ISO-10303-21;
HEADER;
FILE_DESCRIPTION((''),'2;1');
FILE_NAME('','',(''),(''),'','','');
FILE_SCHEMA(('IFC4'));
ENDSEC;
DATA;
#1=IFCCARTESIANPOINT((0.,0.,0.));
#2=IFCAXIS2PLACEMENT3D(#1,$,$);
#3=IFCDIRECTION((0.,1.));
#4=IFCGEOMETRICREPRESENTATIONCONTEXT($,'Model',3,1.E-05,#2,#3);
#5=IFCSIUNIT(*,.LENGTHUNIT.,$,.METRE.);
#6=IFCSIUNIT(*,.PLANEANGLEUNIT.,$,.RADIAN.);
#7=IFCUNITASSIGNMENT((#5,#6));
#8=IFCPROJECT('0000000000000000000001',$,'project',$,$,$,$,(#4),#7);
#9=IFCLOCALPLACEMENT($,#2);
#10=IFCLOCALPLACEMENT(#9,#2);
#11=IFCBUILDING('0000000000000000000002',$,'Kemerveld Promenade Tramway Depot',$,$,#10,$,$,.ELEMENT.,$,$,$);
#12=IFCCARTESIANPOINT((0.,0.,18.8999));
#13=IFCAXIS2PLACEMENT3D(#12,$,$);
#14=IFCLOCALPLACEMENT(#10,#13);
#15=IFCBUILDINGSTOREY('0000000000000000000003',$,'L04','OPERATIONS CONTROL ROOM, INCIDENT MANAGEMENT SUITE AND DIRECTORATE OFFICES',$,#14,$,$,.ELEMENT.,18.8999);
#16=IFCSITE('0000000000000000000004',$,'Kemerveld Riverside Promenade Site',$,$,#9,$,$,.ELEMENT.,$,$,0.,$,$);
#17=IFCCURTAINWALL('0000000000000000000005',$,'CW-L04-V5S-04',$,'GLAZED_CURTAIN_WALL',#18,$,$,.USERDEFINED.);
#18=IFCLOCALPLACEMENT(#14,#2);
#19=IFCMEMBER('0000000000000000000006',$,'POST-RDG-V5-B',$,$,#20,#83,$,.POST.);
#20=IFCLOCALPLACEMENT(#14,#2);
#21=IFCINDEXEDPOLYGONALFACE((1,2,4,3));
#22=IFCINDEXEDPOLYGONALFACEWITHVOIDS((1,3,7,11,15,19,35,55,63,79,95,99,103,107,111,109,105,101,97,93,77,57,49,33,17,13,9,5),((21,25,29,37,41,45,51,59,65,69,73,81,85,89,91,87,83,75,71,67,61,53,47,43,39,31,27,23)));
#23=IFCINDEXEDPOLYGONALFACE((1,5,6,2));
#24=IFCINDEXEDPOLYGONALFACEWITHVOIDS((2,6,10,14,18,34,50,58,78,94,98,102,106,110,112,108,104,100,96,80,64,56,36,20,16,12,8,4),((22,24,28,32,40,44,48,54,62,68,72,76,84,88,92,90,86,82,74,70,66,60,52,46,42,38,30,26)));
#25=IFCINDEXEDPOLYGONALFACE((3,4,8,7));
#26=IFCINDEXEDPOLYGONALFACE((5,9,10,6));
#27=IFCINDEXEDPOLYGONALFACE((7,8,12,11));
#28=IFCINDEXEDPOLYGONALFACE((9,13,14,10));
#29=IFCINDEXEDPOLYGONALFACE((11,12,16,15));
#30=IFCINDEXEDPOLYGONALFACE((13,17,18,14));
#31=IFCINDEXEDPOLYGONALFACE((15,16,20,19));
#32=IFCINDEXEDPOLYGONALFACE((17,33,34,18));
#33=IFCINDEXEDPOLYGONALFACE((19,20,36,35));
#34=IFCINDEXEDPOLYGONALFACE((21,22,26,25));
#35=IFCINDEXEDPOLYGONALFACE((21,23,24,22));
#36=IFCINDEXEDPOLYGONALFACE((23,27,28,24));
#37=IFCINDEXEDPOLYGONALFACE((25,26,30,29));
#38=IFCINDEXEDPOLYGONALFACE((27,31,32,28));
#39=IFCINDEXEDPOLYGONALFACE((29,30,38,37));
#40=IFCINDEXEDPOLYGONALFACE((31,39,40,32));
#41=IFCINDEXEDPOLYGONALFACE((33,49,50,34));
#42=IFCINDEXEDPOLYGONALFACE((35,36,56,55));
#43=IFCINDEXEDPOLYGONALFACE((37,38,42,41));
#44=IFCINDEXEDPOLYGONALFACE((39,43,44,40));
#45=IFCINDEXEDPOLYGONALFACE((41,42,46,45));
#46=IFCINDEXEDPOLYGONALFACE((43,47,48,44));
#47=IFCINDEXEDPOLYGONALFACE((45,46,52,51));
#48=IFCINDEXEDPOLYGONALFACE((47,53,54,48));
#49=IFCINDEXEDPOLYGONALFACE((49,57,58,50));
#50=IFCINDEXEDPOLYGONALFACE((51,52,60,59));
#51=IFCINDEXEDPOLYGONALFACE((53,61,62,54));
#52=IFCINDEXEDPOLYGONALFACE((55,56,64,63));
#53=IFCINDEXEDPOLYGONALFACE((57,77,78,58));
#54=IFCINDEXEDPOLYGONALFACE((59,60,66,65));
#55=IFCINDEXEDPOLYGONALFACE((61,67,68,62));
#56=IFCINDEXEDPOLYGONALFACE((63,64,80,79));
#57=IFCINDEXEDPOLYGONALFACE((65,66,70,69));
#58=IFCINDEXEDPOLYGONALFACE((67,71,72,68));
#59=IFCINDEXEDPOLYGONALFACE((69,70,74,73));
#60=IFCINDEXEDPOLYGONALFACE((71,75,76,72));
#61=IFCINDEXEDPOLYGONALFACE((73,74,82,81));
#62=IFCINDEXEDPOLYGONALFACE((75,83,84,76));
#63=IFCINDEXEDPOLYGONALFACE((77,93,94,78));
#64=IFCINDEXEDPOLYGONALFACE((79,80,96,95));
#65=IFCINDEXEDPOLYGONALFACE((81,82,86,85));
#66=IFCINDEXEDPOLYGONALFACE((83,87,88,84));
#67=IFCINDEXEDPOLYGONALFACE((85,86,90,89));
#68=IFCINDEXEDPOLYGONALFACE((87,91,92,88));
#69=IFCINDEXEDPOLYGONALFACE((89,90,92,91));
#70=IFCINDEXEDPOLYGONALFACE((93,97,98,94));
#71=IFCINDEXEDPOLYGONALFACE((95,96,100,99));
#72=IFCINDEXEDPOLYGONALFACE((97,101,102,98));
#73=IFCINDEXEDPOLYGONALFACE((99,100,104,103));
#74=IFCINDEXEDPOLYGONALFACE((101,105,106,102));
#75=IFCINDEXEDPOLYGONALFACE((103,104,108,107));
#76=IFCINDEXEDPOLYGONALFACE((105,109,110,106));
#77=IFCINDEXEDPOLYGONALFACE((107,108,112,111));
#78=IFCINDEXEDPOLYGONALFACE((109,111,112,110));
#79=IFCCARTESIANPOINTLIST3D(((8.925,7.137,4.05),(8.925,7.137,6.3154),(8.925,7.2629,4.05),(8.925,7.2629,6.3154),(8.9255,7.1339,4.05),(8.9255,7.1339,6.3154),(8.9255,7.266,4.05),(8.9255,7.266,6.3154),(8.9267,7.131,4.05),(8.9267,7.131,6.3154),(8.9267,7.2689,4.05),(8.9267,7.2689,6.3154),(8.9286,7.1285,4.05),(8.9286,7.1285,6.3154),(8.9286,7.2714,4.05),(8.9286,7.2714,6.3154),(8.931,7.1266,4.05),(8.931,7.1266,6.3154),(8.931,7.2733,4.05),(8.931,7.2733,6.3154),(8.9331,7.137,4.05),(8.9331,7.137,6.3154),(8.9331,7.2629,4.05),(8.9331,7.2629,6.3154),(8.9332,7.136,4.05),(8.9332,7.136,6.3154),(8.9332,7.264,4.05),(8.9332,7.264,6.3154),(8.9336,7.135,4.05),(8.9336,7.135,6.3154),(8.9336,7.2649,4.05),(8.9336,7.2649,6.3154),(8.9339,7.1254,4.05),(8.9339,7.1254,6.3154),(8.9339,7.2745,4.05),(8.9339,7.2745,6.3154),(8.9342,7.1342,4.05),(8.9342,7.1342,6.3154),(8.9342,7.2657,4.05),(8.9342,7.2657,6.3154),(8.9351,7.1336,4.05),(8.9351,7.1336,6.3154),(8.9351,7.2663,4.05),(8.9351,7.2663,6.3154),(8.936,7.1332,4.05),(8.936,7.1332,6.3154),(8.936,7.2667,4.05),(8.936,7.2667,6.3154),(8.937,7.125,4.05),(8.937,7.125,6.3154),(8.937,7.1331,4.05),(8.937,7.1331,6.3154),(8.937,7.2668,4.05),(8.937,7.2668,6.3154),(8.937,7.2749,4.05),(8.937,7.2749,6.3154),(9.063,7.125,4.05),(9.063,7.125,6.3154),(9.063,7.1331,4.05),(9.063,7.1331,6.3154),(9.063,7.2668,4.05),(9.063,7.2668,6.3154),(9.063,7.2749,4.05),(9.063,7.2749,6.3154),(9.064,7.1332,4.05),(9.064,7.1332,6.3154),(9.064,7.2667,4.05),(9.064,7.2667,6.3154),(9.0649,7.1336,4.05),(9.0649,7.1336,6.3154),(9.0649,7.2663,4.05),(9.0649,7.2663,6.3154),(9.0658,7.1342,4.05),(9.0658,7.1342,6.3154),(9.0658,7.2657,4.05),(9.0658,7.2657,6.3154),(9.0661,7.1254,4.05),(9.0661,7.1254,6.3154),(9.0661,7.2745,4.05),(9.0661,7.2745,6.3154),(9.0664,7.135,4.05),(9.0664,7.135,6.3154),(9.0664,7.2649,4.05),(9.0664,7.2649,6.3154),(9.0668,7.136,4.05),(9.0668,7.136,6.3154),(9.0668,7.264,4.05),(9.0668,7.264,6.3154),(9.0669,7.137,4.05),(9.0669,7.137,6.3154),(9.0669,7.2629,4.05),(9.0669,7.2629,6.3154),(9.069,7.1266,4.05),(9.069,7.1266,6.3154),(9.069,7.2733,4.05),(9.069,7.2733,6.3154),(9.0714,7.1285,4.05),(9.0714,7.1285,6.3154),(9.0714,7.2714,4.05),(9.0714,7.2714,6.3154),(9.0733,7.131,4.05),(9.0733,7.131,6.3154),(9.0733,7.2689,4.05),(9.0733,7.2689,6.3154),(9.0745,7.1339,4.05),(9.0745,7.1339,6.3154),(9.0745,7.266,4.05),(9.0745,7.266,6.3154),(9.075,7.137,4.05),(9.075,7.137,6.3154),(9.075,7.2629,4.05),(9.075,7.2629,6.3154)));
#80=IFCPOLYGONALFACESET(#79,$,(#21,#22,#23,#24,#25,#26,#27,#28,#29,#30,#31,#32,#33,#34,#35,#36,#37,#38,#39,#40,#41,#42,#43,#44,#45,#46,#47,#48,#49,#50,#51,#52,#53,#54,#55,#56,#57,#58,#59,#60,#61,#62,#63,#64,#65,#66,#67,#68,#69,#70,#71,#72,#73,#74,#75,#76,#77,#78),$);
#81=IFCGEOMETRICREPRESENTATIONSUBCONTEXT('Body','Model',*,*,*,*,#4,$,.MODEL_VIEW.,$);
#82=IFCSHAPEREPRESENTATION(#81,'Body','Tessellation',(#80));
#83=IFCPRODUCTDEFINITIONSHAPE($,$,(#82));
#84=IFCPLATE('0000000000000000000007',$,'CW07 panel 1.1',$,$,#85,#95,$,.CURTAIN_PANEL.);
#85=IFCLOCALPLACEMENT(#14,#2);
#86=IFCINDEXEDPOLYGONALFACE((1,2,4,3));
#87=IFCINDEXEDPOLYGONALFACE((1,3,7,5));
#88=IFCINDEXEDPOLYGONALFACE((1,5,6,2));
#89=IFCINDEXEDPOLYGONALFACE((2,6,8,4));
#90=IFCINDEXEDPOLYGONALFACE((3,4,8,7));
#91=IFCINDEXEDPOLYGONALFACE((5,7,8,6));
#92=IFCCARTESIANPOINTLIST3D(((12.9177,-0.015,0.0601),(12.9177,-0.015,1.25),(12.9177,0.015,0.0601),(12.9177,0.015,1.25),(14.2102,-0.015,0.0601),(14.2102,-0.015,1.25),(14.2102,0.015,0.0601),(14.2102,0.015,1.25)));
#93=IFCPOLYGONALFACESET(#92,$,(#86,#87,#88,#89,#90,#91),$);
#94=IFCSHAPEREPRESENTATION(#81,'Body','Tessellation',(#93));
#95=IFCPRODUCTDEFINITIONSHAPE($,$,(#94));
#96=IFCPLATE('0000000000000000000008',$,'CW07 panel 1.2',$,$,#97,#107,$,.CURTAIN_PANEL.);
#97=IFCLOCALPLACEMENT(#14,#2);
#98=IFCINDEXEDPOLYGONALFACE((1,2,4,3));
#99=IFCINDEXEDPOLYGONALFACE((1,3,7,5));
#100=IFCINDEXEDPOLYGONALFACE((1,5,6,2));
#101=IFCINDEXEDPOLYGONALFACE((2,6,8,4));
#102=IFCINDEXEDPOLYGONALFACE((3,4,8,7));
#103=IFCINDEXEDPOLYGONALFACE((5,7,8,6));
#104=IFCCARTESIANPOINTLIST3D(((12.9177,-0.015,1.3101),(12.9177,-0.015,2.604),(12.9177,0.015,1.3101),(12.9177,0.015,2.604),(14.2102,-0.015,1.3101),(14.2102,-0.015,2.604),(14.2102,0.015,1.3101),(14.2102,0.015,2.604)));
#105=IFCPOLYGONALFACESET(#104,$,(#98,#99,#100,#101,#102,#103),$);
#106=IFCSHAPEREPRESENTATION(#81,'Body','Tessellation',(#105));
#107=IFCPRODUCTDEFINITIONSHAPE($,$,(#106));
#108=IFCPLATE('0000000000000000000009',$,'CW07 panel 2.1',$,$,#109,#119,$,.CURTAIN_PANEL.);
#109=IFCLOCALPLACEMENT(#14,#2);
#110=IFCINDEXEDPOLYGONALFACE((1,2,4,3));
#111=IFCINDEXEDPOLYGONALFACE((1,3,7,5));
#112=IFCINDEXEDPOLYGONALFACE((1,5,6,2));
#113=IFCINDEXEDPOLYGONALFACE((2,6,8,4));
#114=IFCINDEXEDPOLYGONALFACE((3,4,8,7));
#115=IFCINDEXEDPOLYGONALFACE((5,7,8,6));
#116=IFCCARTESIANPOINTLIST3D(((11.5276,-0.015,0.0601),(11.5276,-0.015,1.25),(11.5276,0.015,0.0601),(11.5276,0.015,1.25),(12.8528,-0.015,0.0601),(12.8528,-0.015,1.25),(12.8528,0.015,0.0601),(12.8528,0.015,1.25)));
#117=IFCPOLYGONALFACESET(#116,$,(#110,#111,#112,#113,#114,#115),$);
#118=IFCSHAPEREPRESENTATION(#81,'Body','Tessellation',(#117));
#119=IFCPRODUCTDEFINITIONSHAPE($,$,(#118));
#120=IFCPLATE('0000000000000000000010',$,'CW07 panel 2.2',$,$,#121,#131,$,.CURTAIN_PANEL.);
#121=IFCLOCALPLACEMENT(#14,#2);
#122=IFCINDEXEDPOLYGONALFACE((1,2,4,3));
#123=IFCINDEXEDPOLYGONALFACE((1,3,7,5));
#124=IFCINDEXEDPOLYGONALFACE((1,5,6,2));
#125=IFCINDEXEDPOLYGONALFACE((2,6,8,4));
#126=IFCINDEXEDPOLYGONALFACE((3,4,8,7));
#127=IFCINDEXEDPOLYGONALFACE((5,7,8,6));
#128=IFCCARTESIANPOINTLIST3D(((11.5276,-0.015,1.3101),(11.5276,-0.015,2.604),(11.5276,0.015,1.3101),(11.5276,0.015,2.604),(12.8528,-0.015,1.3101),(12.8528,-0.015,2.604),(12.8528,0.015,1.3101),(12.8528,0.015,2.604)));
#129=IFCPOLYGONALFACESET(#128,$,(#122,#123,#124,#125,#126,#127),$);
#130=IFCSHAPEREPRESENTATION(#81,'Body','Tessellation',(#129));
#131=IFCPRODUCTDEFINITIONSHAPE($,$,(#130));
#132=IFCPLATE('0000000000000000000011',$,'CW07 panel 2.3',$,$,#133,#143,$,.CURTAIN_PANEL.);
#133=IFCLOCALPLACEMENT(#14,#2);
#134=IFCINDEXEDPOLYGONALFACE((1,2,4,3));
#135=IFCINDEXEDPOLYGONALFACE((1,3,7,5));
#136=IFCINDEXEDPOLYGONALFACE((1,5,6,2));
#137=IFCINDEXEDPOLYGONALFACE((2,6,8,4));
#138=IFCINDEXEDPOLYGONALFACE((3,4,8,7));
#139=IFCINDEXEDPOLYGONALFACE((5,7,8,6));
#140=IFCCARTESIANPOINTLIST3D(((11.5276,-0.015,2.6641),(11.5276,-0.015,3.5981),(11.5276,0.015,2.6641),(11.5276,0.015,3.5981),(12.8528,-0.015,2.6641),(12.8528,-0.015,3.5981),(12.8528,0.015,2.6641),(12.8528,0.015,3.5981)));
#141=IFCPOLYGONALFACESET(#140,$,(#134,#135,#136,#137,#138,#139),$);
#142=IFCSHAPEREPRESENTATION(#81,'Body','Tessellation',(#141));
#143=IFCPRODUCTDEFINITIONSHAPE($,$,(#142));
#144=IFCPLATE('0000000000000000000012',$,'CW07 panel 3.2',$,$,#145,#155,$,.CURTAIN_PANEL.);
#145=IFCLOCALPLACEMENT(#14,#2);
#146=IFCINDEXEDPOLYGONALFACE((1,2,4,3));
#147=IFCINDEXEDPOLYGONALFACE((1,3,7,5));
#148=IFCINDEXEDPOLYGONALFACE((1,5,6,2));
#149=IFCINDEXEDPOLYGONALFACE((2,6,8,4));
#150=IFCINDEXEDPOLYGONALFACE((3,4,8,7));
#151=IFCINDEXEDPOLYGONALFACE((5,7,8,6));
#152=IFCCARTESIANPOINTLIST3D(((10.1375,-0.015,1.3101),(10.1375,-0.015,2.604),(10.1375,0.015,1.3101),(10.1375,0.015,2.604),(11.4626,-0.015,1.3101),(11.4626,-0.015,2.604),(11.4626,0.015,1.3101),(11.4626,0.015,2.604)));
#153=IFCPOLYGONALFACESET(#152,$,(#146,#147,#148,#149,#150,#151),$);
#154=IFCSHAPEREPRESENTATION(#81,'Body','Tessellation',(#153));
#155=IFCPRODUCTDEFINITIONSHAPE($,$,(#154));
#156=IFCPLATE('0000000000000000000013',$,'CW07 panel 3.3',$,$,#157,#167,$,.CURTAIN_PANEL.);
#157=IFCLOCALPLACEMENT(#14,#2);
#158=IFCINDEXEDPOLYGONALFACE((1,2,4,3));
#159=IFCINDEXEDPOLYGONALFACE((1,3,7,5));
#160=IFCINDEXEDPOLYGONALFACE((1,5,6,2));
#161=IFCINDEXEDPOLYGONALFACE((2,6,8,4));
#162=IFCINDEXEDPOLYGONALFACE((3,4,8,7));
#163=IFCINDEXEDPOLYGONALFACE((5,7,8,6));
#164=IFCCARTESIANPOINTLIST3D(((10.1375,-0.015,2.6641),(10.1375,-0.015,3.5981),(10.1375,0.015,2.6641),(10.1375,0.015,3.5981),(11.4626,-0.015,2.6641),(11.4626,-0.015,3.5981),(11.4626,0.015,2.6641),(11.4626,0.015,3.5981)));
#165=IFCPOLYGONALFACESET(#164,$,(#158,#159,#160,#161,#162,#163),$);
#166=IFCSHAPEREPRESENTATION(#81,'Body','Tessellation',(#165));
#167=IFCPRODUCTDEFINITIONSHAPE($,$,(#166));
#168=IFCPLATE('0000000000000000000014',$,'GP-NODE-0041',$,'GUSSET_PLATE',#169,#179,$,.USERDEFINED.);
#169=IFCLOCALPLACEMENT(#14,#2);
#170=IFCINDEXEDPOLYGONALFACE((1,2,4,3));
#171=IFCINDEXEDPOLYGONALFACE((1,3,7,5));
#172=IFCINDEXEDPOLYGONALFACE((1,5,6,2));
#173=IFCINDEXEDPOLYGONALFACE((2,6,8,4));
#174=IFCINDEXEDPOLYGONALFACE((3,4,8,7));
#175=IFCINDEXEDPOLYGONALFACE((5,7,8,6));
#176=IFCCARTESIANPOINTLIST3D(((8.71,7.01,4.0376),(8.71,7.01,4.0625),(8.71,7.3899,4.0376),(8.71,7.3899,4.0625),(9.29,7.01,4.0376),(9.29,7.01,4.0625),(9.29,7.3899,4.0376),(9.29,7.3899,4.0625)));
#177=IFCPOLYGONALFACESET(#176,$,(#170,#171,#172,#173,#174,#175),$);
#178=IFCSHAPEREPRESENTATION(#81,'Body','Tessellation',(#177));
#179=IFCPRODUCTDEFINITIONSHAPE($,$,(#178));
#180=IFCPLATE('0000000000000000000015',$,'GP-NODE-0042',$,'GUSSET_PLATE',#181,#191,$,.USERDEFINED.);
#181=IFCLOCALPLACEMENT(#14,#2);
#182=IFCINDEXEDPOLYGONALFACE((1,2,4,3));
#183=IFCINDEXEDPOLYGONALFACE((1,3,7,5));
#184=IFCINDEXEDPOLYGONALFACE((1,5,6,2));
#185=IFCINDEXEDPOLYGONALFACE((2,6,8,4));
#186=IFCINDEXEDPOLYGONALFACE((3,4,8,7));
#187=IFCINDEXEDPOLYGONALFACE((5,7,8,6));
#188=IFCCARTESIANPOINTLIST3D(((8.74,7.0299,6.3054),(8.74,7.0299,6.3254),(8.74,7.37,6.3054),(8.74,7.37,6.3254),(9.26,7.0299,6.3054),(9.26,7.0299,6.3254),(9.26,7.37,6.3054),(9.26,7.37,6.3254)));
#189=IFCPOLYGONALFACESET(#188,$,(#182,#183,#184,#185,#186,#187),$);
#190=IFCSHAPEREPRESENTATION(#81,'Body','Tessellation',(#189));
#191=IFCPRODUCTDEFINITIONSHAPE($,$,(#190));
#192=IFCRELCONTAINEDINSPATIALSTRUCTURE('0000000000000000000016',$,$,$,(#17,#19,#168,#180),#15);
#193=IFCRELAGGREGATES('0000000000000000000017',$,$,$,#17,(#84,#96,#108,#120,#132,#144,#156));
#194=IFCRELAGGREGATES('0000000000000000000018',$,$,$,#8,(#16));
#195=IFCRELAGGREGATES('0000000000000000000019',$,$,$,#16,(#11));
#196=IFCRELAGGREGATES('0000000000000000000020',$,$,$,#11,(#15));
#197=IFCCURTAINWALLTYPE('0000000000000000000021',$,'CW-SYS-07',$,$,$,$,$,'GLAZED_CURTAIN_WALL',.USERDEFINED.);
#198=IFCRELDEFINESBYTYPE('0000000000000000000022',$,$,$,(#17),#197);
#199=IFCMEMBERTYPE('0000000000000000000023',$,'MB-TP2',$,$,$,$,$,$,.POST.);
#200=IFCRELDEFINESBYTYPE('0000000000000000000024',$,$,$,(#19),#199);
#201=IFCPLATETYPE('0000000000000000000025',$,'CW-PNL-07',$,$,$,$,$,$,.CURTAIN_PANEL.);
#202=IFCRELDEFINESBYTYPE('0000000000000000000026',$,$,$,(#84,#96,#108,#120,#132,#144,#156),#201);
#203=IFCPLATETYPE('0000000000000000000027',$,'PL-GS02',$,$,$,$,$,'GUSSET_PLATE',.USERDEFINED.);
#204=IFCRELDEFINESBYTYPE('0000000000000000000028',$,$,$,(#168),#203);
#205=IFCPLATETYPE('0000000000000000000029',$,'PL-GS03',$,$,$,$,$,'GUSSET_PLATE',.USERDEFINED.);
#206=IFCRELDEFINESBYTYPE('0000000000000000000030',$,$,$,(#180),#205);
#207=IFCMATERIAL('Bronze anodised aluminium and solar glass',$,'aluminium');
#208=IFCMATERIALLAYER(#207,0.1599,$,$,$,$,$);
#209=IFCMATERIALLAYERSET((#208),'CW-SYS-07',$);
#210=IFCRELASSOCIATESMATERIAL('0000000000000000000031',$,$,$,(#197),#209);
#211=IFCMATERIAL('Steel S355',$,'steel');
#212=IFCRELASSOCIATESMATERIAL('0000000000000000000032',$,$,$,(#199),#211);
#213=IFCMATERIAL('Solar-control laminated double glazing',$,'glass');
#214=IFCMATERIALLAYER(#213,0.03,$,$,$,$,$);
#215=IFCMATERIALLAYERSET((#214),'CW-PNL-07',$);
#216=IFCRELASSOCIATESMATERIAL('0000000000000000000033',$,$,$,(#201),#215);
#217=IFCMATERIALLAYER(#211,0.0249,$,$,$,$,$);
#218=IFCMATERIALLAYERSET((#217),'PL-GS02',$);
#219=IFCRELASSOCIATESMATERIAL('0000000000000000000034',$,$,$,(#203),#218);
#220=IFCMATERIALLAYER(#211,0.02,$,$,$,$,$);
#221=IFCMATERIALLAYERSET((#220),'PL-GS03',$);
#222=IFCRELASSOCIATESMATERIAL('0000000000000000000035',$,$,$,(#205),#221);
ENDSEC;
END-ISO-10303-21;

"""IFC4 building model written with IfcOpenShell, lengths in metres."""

from ifc_helpers import new_model, si_unit, direction, frame, origin, origin_2d, place, context, subcontext, project, spatial, rectangle, hollow_rectangle, extrude, material, layer, layer_set, material_profile, profile_set, type_object, element, aggregate, save


model = new_model("IFC4")

# Units and contexts
model_context = context("Model", 3, precision=1e-05, world=origin(), true_north=direction((0.0, 1.0)))
body_context = subcontext(model_context, "Body", "Model", "MODEL_VIEW")
ifc_project = project(units=[si_unit("LENGTHUNIT", "METRE"), si_unit("PLANEANGLEUNIT", "RADIAN")], contexts=[model_context])

# Site, building, storey
site_placement = place(None, origin())
site = spatial("IfcSite", under=ifc_project, at=site_placement, Name="Kemerveld Riverside Promenade Site", CompositionType="ELEMENT", RefElevation=0.0)
building_placement = place(site_placement, origin())
building = spatial("IfcBuilding", under=site, at=building_placement, Name="Kemerveld Promenade Tramway Depot", CompositionType="ELEMENT")
storey_placement = place(building_placement, frame((0.0, 0.0, 18.8999)))
storey = spatial("IfcBuildingStorey", under=building, at=storey_placement, Name="L04", Description="OPERATIONS CONTROL ROOM, INCIDENT MANAGEMENT SUITE AND DIRECTORATE OFFICES", CompositionType="ELEMENT", Elevation=18.8999)

# Shared definitions
ifc_material_1 = material(Name="Steel S355", Category="steel")

# Curtain wall
ifc_material_2 = material(Name="Bronze anodised aluminium and solar glass", Category="aluminium")
ifc_layer_1 = layer(ifc_material_2, 0.1599)
ifc_layer_set_1 = layer_set([ifc_layer_1], Name="CW-SYS-07")
curtain_wall_type = type_object("IfcCurtainWallType", Name="CW-SYS-07", ElementType="GLAZED_CURTAIN_WALL", PredefinedType="USERDEFINED", material=ifc_layer_set_1)
curtain_wall_placement = place(storey_placement, origin())
curtain_wall = element("IfcCurtainWall", 1, at=curtain_wall_placement, inside=storey, type_object=curtain_wall_type, Name="CW-L04-V5S-04", ObjectType="GLAZED_CURTAIN_WALL", PredefinedType="USERDEFINED")

# Member
ifc_material_profile_1 = material_profile(ifc_material_1, hollow_rectangle(XDim=0.1499, YDim=0.1499, WallThickness=0.0081, InnerFilletRadius=0.0039, OuterFilletRadius=0.012, at=origin_2d()), Name="150x150x8.0 SHS")
ifc_profile_set_1 = profile_set([ifc_material_profile_1], Name="Steel S355")
member_type_1 = type_object("IfcMemberType", Name="MB-TP2", PredefinedType="POST", material=ifc_profile_set_1)
member_1_placement = place(storey_placement, frame((9.0, 7.2, 4.05), z_axis=(0.0, 0.0, 1.0), x_axis=(1.0, 0.0, 0.0)))
element("IfcMember", 2, at=member_1_placement, inside=storey, type_object=member_type_1, Name="POST-RDG-V5-B", PredefinedType="POST", context=body_context, shape_type="SweptSolid", body=[
    extrude(hollow_rectangle(XDim=0.1499, YDim=0.1499, WallThickness=0.0081, InnerFilletRadius=0.0039, OuterFilletRadius=0.012, at=origin_2d()), origin(), (0.0, 0.0, 1.0), 2.2654),
])

# Plates
ifc_material_3 = material(Name="Solar-control laminated double glazing", Category="glass")
ifc_layer_2 = layer(ifc_material_3, 0.03)
ifc_layer_set_2 = layer_set([ifc_layer_2], Name="CW-PNL-07")
plate_type_1 = type_object("IfcPlateType", Name="CW-PNL-07", PredefinedType="CURTAIN_PANEL", material=ifc_layer_set_2)
plate_1_placement = place(storey_placement, frame((13.564, 0.0, 0.0601), z_axis=(0.0, 0.0, 1.0), x_axis=(-1.0, 0.0, 0.0)))
plate_1 = element("IfcPlate", 3, at=plate_1_placement, type_object=plate_type_1, Name="CW07 panel 1.1", PredefinedType="CURTAIN_PANEL", context=body_context, shape_type="SweptSolid", body=[
    extrude(rectangle(XDim=1.2925, YDim=0.03, at=origin_2d()), origin(), (0.0, 0.0, 1.0), 1.1899),
])
plate_2_placement = place(storey_placement, frame((13.564, 0.0, 1.3101), z_axis=(0.0, 0.0, 1.0), x_axis=(-1.0, 0.0, 0.0)))
plate_2 = element("IfcPlate", 4, at=plate_2_placement, type_object=plate_type_1, Name="CW07 panel 1.2", PredefinedType="CURTAIN_PANEL", context=body_context, shape_type="SweptSolid", body=[
    extrude(rectangle(XDim=1.2925, YDim=0.03, at=origin_2d()), origin(), (0.0, 0.0, 1.0), 1.2939),
])
plate_3_placement = place(storey_placement, frame((12.1902, 0.0, 0.0601), z_axis=(0.0, 0.0, 1.0), x_axis=(-1.0, 0.0, 0.0)))
plate_3 = element("IfcPlate", 5, at=plate_3_placement, type_object=plate_type_1, Name="CW07 panel 2.1", PredefinedType="CURTAIN_PANEL", context=body_context, shape_type="SweptSolid", body=[
    extrude(rectangle(XDim=1.3252, YDim=0.03, at=origin_2d()), origin(), (0.0, 0.0, 1.0), 1.1899),
])
plate_4_placement = place(storey_placement, frame((12.1902, 0.0, 1.3101), z_axis=(0.0, 0.0, 1.0), x_axis=(-1.0, 0.0, 0.0)))
plate_4 = element("IfcPlate", 6, at=plate_4_placement, type_object=plate_type_1, Name="CW07 panel 2.2", PredefinedType="CURTAIN_PANEL", context=body_context, shape_type="SweptSolid", body=[
    extrude(rectangle(XDim=1.3252, YDim=0.03, at=origin_2d()), origin(), (0.0, 0.0, 1.0), 1.2939),
])
plate_5_placement = place(storey_placement, frame((12.1902, 0.0, 2.6641), z_axis=(0.0, 0.0, 1.0), x_axis=(-1.0, 0.0, 0.0)))
plate_5 = element("IfcPlate", 7, at=plate_5_placement, type_object=plate_type_1, Name="CW07 panel 2.3", PredefinedType="CURTAIN_PANEL", context=body_context, shape_type="SweptSolid", body=[
    extrude(rectangle(XDim=1.3252, YDim=0.03, at=origin_2d()), origin(), (0.0, 0.0, 1.0), 0.9341),
])
plate_6_placement = place(storey_placement, frame((10.8, 0.0, 1.3101), z_axis=(0.0, 0.0, 1.0), x_axis=(-1.0, 0.0, 0.0)))
plate_6 = element("IfcPlate", 8, at=plate_6_placement, type_object=plate_type_1, Name="CW07 panel 3.2", PredefinedType="CURTAIN_PANEL", context=body_context, shape_type="SweptSolid", body=[
    extrude(rectangle(XDim=1.3252, YDim=0.03, at=origin_2d()), origin(), (0.0, 0.0, 1.0), 1.2939),
])
plate_7_placement = place(storey_placement, frame((10.8, 0.0, 2.6641), z_axis=(0.0, 0.0, 1.0), x_axis=(-1.0, 0.0, 0.0)))
plate_7 = element("IfcPlate", 9, at=plate_7_placement, type_object=plate_type_1, Name="CW07 panel 3.3", PredefinedType="CURTAIN_PANEL", context=body_context, shape_type="SweptSolid", body=[
    extrude(rectangle(XDim=1.3252, YDim=0.03, at=origin_2d()), origin(), (0.0, 0.0, 1.0), 0.9341),
])
aggregate(curtain_wall, [plate_1, plate_2, plate_3, plate_4, plate_5, plate_6, plate_7])

# Plates
ifc_layer_3 = layer(ifc_material_1, 0.0249)
ifc_layer_set_3 = layer_set([ifc_layer_3], Name="PL-GS02")
plate_type_2 = type_object("IfcPlateType", Name="PL-GS02", ElementType="GUSSET_PLATE", PredefinedType="USERDEFINED", material=ifc_layer_set_3)
plate_8_placement = place(storey_placement, frame((9.0, 7.2, 4.0376), z_axis=(0.0, 0.0, 1.0), x_axis=(1.0, 0.0, 0.0)))
element("IfcPlate", 10, at=plate_8_placement, inside=storey, type_object=plate_type_2, Name="GP-NODE-0041", ObjectType="GUSSET_PLATE", PredefinedType="USERDEFINED", context=body_context, shape_type="SweptSolid", body=[
    extrude(rectangle(XDim=0.5801, YDim=0.3799, at=origin_2d()), origin(), (0.0, 0.0, 1.0), 0.0249),
])
ifc_layer_4 = layer(ifc_material_1, 0.02)
ifc_layer_set_4 = layer_set([ifc_layer_4], Name="PL-GS03")
plate_type_3 = type_object("IfcPlateType", Name="PL-GS03", ElementType="GUSSET_PLATE", PredefinedType="USERDEFINED", material=ifc_layer_set_4)
plate_9_placement = place(storey_placement, frame((9.0, 7.2, 6.3054), z_axis=(0.0, 0.0, 1.0), x_axis=(1.0, 0.0, 0.0)))
element("IfcPlate", 11, at=plate_9_placement, inside=storey, type_object=plate_type_3, Name="GP-NODE-0042", ObjectType="GUSSET_PLATE", PredefinedType="USERDEFINED", context=body_context, shape_type="SweptSolid", body=[
    extrude(rectangle(XDim=0.52, YDim=0.3401, at=origin_2d()), origin(), (0.0, 0.0, 1.0), 0.02),
])

save(model, "model.ifc")
